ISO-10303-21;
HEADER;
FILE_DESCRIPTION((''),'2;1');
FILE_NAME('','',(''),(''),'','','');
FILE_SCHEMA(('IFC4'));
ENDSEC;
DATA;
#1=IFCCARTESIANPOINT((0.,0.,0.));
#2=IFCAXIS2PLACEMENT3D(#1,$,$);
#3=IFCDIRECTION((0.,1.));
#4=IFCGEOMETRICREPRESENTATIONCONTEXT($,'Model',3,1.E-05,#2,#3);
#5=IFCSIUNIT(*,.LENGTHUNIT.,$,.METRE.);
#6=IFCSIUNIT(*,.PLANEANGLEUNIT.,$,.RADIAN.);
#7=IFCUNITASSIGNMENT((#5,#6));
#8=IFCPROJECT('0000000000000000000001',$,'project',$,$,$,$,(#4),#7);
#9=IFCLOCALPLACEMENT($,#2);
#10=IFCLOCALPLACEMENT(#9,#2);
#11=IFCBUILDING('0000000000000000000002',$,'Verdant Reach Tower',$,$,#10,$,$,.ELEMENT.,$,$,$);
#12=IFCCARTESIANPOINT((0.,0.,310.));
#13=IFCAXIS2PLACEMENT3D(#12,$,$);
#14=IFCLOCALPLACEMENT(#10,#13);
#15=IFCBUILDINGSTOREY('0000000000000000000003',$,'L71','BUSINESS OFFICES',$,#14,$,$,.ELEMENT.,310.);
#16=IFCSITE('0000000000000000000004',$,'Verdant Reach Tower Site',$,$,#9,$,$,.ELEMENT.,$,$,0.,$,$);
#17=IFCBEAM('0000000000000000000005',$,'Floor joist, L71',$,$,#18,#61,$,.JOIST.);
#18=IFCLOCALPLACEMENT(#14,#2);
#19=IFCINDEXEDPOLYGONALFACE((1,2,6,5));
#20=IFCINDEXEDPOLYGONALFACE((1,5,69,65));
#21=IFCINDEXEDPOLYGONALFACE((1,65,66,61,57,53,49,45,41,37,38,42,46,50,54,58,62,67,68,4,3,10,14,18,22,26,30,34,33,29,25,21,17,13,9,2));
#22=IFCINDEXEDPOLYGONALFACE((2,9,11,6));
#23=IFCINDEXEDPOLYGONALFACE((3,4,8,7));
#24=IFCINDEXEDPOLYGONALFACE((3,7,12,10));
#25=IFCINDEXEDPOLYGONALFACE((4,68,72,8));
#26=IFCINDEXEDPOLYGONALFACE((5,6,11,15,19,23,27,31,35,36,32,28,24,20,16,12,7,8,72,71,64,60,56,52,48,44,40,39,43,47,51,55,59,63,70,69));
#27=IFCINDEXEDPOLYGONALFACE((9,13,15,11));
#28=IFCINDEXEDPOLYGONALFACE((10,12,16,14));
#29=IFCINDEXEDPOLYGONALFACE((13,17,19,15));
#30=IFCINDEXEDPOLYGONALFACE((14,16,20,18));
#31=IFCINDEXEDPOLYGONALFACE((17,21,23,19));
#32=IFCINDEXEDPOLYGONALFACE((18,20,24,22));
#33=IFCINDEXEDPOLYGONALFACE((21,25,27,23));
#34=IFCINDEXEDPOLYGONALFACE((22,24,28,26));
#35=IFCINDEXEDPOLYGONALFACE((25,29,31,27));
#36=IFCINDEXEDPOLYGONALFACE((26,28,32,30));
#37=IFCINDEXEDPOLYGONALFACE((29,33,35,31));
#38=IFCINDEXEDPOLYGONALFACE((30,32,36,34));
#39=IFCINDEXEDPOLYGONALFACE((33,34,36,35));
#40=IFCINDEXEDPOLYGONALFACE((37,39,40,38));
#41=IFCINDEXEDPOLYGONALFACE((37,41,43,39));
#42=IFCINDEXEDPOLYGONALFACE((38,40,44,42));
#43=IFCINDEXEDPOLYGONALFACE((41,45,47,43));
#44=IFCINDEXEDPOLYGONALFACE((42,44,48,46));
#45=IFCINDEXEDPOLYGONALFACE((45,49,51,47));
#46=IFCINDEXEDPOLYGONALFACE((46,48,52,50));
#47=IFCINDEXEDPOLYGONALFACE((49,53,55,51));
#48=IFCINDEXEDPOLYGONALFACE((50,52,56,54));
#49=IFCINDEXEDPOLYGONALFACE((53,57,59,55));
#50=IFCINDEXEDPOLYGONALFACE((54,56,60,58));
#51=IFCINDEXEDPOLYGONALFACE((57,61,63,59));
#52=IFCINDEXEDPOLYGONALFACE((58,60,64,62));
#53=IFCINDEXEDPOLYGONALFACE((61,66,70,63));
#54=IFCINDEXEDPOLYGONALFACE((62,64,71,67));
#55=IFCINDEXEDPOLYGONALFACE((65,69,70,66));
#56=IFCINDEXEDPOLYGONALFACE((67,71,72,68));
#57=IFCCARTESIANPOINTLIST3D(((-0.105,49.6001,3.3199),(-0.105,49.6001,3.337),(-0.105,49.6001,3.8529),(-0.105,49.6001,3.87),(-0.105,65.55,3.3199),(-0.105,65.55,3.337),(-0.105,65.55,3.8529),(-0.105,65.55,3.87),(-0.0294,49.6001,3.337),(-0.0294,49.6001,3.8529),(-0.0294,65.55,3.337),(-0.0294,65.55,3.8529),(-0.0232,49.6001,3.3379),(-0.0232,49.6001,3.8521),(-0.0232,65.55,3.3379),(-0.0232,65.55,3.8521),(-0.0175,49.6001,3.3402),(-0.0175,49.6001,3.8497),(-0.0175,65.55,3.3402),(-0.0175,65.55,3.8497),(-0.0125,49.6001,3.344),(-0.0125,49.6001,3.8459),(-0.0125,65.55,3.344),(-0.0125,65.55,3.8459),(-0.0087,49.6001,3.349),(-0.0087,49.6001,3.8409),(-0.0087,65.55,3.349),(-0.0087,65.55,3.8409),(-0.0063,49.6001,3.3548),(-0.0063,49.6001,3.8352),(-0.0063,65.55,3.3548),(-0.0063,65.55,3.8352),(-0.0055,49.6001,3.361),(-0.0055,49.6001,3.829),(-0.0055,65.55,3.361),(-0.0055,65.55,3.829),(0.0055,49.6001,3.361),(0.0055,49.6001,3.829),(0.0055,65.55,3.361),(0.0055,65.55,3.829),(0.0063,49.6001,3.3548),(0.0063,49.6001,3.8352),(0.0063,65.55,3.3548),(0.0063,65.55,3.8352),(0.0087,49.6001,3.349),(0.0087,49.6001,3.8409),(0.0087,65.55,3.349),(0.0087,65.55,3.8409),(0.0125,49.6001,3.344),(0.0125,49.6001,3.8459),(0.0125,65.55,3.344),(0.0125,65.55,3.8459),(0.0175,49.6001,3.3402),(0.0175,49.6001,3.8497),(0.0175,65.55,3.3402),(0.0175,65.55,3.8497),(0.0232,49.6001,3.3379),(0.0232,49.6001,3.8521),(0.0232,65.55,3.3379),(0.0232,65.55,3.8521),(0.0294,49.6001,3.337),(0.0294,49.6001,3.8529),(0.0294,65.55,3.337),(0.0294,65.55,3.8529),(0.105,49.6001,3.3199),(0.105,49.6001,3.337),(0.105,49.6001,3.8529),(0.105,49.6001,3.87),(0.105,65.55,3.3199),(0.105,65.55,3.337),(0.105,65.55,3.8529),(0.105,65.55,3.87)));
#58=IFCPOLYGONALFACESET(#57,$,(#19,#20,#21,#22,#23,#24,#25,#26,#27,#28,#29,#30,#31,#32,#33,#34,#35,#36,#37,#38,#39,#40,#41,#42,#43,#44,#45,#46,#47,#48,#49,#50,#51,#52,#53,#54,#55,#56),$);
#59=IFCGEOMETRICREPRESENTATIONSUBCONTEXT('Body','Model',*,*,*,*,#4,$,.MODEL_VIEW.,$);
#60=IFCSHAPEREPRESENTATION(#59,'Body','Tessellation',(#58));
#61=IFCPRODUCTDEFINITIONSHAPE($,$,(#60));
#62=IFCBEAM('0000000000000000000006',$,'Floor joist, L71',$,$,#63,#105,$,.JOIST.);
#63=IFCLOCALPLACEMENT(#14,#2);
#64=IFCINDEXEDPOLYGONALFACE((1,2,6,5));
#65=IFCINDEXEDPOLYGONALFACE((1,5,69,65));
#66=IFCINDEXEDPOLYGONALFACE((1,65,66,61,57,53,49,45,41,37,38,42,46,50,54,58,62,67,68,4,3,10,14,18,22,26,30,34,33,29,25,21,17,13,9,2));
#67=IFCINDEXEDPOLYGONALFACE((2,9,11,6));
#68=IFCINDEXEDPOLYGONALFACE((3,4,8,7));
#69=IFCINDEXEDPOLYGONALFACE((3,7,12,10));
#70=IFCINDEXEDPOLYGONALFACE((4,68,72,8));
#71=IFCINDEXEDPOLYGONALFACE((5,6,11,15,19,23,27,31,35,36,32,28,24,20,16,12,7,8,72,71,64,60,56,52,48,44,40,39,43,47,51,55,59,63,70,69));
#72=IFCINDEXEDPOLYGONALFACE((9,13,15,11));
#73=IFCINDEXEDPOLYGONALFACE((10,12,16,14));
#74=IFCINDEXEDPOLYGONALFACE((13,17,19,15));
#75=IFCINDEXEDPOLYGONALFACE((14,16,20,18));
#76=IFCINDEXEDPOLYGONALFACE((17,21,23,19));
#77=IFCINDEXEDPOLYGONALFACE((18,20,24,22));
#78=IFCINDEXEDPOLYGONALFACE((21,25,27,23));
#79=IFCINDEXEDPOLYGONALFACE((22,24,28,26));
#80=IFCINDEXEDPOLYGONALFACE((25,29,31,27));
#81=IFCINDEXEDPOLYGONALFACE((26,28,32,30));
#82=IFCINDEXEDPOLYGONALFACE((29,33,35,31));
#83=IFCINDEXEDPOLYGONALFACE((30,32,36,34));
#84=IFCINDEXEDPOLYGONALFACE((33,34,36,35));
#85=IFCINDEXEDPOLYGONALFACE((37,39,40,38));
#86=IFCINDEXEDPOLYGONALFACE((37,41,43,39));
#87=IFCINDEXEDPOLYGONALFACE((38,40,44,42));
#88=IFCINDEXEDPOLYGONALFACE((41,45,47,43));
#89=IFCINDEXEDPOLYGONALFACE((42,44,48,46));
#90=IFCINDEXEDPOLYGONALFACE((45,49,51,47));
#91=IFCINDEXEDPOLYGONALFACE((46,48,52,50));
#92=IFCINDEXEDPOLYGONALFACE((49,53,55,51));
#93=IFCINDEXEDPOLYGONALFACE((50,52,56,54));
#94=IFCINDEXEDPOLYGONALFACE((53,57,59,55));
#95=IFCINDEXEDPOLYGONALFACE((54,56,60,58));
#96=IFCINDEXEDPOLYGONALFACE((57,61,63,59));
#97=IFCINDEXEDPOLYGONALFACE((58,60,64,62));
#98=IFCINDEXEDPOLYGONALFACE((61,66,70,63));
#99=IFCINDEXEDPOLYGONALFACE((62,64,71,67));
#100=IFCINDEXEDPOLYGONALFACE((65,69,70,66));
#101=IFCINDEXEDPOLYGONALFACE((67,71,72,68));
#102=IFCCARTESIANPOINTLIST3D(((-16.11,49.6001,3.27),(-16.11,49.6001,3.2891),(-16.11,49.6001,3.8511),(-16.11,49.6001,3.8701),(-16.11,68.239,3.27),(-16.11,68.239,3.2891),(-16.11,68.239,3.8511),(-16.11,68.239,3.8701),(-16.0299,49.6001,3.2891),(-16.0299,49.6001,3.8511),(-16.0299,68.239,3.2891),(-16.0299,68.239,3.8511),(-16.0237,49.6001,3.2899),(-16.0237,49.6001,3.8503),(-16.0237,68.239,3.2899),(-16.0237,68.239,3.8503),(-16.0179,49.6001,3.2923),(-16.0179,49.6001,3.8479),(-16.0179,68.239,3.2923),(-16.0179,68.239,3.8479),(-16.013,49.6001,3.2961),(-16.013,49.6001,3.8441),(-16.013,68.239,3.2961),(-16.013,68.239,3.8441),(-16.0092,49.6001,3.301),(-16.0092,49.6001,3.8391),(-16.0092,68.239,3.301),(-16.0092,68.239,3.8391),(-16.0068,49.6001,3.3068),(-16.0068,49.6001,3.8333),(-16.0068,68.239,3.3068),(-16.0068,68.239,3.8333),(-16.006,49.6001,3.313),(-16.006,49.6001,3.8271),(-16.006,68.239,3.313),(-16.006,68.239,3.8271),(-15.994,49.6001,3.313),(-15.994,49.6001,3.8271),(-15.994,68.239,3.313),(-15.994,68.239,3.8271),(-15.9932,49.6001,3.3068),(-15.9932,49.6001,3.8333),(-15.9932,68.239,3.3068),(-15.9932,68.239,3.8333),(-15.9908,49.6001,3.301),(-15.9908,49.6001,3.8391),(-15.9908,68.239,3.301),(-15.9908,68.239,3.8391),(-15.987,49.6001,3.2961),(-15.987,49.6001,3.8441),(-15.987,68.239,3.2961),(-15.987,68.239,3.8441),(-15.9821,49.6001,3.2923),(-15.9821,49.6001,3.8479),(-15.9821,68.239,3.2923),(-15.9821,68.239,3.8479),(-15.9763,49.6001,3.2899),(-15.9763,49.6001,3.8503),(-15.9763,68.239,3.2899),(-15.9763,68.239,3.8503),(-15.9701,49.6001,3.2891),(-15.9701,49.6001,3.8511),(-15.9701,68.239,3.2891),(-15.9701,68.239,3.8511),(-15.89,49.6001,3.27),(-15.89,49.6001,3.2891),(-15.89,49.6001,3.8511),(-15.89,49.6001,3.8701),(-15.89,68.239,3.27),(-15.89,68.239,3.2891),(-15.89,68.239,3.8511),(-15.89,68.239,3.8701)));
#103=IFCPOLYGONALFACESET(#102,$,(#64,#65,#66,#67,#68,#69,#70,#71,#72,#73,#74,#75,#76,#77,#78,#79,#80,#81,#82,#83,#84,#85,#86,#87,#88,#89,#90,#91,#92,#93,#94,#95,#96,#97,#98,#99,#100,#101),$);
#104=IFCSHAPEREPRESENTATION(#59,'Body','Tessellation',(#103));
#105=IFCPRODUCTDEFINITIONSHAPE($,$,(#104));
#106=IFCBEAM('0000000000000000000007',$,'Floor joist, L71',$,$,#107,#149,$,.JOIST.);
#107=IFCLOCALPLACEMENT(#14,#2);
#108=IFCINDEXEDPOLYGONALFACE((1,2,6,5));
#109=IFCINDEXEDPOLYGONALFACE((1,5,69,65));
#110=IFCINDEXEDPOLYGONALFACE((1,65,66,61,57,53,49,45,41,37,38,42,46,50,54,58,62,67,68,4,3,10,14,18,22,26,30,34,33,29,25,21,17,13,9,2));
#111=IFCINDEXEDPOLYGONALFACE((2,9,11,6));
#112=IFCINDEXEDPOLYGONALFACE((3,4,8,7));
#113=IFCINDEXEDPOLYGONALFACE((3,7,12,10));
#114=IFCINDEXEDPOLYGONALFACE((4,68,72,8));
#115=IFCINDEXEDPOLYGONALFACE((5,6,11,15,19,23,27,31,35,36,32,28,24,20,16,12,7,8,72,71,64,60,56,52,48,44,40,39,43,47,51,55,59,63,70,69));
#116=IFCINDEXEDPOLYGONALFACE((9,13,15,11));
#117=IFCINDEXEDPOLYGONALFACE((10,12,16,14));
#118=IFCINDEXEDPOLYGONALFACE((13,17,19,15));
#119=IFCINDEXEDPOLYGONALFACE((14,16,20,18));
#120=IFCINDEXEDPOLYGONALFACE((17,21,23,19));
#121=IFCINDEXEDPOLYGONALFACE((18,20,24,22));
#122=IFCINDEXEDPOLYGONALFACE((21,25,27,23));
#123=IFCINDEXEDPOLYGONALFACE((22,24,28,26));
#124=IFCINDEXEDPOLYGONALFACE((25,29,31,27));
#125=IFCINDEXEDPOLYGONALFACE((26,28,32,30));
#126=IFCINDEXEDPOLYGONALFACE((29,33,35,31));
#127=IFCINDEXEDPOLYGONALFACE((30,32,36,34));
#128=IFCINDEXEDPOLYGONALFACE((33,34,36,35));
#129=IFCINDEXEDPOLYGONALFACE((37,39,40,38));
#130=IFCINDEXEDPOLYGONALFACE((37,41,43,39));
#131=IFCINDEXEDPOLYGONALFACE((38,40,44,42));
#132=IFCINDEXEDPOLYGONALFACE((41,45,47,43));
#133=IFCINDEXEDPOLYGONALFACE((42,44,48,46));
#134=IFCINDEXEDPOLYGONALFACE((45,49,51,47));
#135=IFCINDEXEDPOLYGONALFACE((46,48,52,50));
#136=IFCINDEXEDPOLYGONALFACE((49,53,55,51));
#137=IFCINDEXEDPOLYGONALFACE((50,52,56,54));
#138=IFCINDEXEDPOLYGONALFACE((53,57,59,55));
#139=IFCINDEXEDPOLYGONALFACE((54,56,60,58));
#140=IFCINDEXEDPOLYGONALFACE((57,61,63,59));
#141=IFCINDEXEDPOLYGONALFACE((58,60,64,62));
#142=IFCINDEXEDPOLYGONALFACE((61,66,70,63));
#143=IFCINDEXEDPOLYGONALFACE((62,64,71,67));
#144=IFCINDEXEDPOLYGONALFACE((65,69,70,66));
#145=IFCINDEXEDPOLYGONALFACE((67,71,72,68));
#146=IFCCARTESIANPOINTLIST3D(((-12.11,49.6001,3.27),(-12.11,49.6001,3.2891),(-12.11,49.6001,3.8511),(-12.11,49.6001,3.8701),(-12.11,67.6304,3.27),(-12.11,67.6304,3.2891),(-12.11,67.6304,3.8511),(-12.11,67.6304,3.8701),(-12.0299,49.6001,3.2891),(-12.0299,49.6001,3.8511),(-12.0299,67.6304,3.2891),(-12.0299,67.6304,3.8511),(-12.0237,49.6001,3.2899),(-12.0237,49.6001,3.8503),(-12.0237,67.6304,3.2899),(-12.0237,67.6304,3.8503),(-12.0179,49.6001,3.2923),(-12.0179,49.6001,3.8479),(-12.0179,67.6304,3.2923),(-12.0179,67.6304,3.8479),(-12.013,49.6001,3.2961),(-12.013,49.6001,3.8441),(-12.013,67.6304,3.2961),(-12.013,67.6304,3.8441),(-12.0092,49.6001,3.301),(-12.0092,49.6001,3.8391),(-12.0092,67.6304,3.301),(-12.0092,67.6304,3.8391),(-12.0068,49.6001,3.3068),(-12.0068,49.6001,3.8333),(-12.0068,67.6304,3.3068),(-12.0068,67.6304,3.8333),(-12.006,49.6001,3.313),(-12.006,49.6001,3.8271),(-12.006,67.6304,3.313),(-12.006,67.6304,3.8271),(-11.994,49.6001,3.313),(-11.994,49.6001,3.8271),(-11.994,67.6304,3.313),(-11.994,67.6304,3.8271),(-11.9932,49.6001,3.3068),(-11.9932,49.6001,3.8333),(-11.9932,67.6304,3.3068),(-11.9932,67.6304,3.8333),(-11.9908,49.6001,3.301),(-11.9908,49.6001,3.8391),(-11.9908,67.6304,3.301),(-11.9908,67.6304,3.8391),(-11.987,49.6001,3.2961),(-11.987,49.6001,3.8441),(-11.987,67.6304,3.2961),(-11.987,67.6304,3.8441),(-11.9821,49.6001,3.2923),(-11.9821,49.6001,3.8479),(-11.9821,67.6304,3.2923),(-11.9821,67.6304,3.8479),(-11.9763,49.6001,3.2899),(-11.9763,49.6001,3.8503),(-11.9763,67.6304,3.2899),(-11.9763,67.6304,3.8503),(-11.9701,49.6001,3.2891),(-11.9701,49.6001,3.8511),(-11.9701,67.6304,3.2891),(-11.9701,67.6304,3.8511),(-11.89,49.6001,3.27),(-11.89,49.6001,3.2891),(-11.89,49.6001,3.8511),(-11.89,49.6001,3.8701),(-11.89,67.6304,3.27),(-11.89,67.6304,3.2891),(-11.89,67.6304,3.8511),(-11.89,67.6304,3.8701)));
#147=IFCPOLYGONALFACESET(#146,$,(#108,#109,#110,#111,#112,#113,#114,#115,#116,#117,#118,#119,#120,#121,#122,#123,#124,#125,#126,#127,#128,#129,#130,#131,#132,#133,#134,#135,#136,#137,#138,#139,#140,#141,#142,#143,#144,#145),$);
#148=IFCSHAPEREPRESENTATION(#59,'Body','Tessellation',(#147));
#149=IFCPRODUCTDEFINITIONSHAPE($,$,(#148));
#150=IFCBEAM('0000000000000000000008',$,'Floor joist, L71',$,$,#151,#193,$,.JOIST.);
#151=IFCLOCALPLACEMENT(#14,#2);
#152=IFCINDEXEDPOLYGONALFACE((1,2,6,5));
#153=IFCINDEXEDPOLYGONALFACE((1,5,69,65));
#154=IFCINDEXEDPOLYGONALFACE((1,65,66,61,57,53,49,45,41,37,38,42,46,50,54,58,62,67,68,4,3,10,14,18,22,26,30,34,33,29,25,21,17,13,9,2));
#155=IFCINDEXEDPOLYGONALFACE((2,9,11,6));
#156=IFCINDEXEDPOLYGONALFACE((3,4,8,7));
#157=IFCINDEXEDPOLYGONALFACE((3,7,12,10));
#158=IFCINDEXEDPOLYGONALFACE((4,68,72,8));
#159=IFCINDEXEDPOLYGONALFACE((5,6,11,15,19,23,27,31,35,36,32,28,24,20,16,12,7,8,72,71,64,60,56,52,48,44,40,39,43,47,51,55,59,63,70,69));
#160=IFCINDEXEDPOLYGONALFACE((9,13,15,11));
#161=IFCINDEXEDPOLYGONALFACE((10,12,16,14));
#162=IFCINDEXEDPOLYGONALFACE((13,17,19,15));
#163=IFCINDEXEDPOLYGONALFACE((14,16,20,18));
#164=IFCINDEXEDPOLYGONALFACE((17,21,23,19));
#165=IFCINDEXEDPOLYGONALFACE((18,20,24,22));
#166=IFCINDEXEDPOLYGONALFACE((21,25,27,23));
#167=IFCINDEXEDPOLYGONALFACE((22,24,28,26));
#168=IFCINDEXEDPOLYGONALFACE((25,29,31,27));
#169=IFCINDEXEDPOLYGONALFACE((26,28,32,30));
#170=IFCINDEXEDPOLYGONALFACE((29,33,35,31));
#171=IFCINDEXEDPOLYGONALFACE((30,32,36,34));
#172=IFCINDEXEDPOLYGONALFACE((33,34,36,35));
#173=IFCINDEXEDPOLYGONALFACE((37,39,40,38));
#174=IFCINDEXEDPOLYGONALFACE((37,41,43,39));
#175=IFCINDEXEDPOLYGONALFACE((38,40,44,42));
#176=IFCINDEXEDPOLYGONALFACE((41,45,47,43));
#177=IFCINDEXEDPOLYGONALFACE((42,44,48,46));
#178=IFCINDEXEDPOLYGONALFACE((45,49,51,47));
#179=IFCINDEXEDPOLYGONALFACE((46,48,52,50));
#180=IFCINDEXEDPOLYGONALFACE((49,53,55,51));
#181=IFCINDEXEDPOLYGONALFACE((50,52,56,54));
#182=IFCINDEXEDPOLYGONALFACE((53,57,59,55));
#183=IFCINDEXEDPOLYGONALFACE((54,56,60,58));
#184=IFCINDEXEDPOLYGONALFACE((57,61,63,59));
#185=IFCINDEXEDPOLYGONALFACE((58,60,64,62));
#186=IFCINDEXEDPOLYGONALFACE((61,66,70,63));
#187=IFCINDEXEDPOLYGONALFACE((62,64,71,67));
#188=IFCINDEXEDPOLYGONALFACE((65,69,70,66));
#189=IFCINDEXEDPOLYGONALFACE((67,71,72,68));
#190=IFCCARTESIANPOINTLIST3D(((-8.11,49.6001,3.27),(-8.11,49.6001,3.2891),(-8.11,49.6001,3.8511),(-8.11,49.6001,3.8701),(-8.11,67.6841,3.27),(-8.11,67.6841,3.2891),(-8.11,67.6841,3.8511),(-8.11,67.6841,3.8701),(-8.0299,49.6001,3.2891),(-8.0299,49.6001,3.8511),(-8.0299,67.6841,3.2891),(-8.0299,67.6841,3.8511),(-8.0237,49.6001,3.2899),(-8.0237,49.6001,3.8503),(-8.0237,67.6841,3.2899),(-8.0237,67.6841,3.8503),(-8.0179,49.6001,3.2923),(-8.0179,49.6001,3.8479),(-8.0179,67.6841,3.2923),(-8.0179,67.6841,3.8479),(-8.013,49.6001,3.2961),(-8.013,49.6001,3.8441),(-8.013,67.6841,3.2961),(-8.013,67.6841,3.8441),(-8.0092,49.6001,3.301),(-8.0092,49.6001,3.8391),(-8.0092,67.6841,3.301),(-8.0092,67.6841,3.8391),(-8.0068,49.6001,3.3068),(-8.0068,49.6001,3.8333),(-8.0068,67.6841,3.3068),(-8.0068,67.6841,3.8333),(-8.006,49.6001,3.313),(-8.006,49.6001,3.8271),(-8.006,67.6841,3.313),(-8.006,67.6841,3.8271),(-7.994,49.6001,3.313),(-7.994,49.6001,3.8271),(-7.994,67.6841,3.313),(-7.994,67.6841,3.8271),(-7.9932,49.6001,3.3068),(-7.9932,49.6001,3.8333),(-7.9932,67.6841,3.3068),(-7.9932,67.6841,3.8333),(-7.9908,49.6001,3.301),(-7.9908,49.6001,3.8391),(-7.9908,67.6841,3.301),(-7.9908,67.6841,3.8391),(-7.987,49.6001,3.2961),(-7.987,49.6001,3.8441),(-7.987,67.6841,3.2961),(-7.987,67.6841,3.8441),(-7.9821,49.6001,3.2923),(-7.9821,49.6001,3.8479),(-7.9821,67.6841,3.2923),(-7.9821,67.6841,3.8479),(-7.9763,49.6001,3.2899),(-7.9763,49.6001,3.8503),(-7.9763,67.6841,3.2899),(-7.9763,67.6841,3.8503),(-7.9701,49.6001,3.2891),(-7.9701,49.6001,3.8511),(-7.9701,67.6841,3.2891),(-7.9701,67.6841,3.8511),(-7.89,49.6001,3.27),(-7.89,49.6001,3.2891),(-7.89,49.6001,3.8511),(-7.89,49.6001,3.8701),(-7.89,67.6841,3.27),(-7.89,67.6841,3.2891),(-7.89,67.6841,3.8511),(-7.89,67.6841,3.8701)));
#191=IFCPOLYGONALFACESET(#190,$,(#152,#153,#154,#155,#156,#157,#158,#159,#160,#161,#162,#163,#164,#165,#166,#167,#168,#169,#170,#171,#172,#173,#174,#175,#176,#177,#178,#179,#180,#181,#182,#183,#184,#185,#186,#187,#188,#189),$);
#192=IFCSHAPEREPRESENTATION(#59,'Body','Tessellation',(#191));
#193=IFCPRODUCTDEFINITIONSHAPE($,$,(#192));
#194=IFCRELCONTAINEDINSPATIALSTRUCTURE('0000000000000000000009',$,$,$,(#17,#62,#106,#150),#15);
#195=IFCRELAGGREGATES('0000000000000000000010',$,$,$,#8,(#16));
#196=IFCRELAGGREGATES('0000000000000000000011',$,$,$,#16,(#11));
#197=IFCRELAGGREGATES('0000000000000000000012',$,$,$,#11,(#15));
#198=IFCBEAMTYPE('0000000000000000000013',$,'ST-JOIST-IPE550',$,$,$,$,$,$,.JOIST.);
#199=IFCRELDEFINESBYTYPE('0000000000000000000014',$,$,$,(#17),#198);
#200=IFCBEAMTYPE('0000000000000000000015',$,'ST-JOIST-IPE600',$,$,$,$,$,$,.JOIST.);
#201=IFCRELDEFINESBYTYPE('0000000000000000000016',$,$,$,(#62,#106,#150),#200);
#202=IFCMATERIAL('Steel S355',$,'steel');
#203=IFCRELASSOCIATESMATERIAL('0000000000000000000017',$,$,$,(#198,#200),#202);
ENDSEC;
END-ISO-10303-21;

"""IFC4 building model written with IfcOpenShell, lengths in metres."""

from ifc_helpers import new_model, si_unit, direction, frame, origin, origin_2d, place, context, subcontext, project, spatial, i_section, extrude, material, material_profile, profile_set, type_object, element, save


model = new_model("IFC4")

# Units and contexts
model_context = context("Model", 3, precision=1e-05, world=origin(), true_north=direction((0.0, 1.0)))
body_context = subcontext(model_context, "Body", "Model", "MODEL_VIEW")
ifc_project = project(units=[si_unit("LENGTHUNIT", "METRE"), si_unit("PLANEANGLEUNIT", "RADIAN")], contexts=[model_context])

# Site, building, storey
site_placement = place(None, origin())
site = spatial("IfcSite", under=ifc_project, at=site_placement, Name="Verdant Reach Tower Site", CompositionType="ELEMENT", RefElevation=0.0)
building_placement = place(site_placement, origin())
building = spatial("IfcBuilding", under=site, at=building_placement, Name="Verdant Reach Tower", CompositionType="ELEMENT")
storey_placement = place(building_placement, frame((0.0, 0.0, 310.0)))
storey = spatial("IfcBuildingStorey", under=building, at=storey_placement, Name="L71", Description="BUSINESS OFFICES", CompositionType="ELEMENT", Elevation=310.0)

# Beams
ifc_material_1 = material(Name="Steel S355", Category="steel")
ifc_material_profile_1 = material_profile(ifc_material_1, i_section(OverallWidth=0.21, OverallDepth=0.55, WebThickness=0.011, FlangeThickness=0.0171, FilletRadius=0.0239, at=origin_2d()), Name="IPE 550")
ifc_profile_set_1 = profile_set([ifc_material_profile_1], Name="Steel S355")
beam_type_1 = type_object("IfcBeamType", Name="ST-JOIST-IPE550", PredefinedType="JOIST", material=ifc_profile_set_1)
beam_1_placement = place(storey_placement, frame((0.0, 49.6001, 3.595), z_axis=(0.0, 1.0, 0.0), x_axis=(-1.0, 0.0, 0.0)))
element("IfcBeam", 1, at=beam_1_placement, inside=storey, type_object=beam_type_1, Name="Floor joist, L71", PredefinedType="JOIST", context=body_context, shape_type="SweptSolid", body=[
    extrude(i_section(OverallWidth=0.21, OverallDepth=0.55, WebThickness=0.011, FlangeThickness=0.0171, FilletRadius=0.0239, at=origin_2d()), origin(), (0.0, 0.0, 1.0), 15.95),
])
ifc_material_profile_2 = material_profile(ifc_material_1, i_section(OverallWidth=0.22, OverallDepth=0.6001, WebThickness=0.012, FlangeThickness=0.019, FilletRadius=0.0239, at=origin_2d()), Name="IPE 600")
ifc_profile_set_2 = profile_set([ifc_material_profile_2], Name="Steel S355")
beam_type_2 = type_object("IfcBeamType", Name="ST-JOIST-IPE600", PredefinedType="JOIST", material=ifc_profile_set_2)
beam_2_placement = place(storey_placement, frame((-16.0, 49.6001, 3.5701), z_axis=(0.0, 1.0, 0.0), x_axis=(-1.0, 0.0, 0.0)))
element("IfcBeam", 2, at=beam_2_placement, inside=storey, type_object=beam_type_2, Name="Floor joist, L71", PredefinedType="JOIST", context=body_context, shape_type="SweptSolid", body=[
    extrude(i_section(OverallWidth=0.22, OverallDepth=0.6001, WebThickness=0.012, FlangeThickness=0.019, FilletRadius=0.0239, at=origin_2d()), origin(), (0.0, 0.0, 1.0), 18.6389),
])
beam_3_placement = place(storey_placement, frame((-12.0, 49.6001, 3.5701), z_axis=(0.0, 1.0, 0.0), x_axis=(-1.0, 0.0, 0.0)))
element("IfcBeam", 3, at=beam_3_placement, inside=storey, type_object=beam_type_2, Name="Floor joist, L71", PredefinedType="JOIST", context=body_context, shape_type="SweptSolid", body=[
    extrude(i_section(OverallWidth=0.22, OverallDepth=0.6001, WebThickness=0.012, FlangeThickness=0.019, FilletRadius=0.0239, at=origin_2d()), origin(), (0.0, 0.0, 1.0), 18.0303),
])
beam_4_placement = place(storey_placement, frame((-8.0, 49.6001, 3.5701), z_axis=(0.0, 1.0, 0.0), x_axis=(-1.0, 0.0, 0.0)))
element("IfcBeam", 4, at=beam_4_placement, inside=storey, type_object=beam_type_2, Name="Floor joist, L71", PredefinedType="JOIST", context=body_context, shape_type="SweptSolid", body=[
    extrude(i_section(OverallWidth=0.22, OverallDepth=0.6001, WebThickness=0.012, FlangeThickness=0.019, FilletRadius=0.0239, at=origin_2d()), origin(), (0.0, 0.0, 1.0), 18.084),
])

save(model, "model.ifc")
